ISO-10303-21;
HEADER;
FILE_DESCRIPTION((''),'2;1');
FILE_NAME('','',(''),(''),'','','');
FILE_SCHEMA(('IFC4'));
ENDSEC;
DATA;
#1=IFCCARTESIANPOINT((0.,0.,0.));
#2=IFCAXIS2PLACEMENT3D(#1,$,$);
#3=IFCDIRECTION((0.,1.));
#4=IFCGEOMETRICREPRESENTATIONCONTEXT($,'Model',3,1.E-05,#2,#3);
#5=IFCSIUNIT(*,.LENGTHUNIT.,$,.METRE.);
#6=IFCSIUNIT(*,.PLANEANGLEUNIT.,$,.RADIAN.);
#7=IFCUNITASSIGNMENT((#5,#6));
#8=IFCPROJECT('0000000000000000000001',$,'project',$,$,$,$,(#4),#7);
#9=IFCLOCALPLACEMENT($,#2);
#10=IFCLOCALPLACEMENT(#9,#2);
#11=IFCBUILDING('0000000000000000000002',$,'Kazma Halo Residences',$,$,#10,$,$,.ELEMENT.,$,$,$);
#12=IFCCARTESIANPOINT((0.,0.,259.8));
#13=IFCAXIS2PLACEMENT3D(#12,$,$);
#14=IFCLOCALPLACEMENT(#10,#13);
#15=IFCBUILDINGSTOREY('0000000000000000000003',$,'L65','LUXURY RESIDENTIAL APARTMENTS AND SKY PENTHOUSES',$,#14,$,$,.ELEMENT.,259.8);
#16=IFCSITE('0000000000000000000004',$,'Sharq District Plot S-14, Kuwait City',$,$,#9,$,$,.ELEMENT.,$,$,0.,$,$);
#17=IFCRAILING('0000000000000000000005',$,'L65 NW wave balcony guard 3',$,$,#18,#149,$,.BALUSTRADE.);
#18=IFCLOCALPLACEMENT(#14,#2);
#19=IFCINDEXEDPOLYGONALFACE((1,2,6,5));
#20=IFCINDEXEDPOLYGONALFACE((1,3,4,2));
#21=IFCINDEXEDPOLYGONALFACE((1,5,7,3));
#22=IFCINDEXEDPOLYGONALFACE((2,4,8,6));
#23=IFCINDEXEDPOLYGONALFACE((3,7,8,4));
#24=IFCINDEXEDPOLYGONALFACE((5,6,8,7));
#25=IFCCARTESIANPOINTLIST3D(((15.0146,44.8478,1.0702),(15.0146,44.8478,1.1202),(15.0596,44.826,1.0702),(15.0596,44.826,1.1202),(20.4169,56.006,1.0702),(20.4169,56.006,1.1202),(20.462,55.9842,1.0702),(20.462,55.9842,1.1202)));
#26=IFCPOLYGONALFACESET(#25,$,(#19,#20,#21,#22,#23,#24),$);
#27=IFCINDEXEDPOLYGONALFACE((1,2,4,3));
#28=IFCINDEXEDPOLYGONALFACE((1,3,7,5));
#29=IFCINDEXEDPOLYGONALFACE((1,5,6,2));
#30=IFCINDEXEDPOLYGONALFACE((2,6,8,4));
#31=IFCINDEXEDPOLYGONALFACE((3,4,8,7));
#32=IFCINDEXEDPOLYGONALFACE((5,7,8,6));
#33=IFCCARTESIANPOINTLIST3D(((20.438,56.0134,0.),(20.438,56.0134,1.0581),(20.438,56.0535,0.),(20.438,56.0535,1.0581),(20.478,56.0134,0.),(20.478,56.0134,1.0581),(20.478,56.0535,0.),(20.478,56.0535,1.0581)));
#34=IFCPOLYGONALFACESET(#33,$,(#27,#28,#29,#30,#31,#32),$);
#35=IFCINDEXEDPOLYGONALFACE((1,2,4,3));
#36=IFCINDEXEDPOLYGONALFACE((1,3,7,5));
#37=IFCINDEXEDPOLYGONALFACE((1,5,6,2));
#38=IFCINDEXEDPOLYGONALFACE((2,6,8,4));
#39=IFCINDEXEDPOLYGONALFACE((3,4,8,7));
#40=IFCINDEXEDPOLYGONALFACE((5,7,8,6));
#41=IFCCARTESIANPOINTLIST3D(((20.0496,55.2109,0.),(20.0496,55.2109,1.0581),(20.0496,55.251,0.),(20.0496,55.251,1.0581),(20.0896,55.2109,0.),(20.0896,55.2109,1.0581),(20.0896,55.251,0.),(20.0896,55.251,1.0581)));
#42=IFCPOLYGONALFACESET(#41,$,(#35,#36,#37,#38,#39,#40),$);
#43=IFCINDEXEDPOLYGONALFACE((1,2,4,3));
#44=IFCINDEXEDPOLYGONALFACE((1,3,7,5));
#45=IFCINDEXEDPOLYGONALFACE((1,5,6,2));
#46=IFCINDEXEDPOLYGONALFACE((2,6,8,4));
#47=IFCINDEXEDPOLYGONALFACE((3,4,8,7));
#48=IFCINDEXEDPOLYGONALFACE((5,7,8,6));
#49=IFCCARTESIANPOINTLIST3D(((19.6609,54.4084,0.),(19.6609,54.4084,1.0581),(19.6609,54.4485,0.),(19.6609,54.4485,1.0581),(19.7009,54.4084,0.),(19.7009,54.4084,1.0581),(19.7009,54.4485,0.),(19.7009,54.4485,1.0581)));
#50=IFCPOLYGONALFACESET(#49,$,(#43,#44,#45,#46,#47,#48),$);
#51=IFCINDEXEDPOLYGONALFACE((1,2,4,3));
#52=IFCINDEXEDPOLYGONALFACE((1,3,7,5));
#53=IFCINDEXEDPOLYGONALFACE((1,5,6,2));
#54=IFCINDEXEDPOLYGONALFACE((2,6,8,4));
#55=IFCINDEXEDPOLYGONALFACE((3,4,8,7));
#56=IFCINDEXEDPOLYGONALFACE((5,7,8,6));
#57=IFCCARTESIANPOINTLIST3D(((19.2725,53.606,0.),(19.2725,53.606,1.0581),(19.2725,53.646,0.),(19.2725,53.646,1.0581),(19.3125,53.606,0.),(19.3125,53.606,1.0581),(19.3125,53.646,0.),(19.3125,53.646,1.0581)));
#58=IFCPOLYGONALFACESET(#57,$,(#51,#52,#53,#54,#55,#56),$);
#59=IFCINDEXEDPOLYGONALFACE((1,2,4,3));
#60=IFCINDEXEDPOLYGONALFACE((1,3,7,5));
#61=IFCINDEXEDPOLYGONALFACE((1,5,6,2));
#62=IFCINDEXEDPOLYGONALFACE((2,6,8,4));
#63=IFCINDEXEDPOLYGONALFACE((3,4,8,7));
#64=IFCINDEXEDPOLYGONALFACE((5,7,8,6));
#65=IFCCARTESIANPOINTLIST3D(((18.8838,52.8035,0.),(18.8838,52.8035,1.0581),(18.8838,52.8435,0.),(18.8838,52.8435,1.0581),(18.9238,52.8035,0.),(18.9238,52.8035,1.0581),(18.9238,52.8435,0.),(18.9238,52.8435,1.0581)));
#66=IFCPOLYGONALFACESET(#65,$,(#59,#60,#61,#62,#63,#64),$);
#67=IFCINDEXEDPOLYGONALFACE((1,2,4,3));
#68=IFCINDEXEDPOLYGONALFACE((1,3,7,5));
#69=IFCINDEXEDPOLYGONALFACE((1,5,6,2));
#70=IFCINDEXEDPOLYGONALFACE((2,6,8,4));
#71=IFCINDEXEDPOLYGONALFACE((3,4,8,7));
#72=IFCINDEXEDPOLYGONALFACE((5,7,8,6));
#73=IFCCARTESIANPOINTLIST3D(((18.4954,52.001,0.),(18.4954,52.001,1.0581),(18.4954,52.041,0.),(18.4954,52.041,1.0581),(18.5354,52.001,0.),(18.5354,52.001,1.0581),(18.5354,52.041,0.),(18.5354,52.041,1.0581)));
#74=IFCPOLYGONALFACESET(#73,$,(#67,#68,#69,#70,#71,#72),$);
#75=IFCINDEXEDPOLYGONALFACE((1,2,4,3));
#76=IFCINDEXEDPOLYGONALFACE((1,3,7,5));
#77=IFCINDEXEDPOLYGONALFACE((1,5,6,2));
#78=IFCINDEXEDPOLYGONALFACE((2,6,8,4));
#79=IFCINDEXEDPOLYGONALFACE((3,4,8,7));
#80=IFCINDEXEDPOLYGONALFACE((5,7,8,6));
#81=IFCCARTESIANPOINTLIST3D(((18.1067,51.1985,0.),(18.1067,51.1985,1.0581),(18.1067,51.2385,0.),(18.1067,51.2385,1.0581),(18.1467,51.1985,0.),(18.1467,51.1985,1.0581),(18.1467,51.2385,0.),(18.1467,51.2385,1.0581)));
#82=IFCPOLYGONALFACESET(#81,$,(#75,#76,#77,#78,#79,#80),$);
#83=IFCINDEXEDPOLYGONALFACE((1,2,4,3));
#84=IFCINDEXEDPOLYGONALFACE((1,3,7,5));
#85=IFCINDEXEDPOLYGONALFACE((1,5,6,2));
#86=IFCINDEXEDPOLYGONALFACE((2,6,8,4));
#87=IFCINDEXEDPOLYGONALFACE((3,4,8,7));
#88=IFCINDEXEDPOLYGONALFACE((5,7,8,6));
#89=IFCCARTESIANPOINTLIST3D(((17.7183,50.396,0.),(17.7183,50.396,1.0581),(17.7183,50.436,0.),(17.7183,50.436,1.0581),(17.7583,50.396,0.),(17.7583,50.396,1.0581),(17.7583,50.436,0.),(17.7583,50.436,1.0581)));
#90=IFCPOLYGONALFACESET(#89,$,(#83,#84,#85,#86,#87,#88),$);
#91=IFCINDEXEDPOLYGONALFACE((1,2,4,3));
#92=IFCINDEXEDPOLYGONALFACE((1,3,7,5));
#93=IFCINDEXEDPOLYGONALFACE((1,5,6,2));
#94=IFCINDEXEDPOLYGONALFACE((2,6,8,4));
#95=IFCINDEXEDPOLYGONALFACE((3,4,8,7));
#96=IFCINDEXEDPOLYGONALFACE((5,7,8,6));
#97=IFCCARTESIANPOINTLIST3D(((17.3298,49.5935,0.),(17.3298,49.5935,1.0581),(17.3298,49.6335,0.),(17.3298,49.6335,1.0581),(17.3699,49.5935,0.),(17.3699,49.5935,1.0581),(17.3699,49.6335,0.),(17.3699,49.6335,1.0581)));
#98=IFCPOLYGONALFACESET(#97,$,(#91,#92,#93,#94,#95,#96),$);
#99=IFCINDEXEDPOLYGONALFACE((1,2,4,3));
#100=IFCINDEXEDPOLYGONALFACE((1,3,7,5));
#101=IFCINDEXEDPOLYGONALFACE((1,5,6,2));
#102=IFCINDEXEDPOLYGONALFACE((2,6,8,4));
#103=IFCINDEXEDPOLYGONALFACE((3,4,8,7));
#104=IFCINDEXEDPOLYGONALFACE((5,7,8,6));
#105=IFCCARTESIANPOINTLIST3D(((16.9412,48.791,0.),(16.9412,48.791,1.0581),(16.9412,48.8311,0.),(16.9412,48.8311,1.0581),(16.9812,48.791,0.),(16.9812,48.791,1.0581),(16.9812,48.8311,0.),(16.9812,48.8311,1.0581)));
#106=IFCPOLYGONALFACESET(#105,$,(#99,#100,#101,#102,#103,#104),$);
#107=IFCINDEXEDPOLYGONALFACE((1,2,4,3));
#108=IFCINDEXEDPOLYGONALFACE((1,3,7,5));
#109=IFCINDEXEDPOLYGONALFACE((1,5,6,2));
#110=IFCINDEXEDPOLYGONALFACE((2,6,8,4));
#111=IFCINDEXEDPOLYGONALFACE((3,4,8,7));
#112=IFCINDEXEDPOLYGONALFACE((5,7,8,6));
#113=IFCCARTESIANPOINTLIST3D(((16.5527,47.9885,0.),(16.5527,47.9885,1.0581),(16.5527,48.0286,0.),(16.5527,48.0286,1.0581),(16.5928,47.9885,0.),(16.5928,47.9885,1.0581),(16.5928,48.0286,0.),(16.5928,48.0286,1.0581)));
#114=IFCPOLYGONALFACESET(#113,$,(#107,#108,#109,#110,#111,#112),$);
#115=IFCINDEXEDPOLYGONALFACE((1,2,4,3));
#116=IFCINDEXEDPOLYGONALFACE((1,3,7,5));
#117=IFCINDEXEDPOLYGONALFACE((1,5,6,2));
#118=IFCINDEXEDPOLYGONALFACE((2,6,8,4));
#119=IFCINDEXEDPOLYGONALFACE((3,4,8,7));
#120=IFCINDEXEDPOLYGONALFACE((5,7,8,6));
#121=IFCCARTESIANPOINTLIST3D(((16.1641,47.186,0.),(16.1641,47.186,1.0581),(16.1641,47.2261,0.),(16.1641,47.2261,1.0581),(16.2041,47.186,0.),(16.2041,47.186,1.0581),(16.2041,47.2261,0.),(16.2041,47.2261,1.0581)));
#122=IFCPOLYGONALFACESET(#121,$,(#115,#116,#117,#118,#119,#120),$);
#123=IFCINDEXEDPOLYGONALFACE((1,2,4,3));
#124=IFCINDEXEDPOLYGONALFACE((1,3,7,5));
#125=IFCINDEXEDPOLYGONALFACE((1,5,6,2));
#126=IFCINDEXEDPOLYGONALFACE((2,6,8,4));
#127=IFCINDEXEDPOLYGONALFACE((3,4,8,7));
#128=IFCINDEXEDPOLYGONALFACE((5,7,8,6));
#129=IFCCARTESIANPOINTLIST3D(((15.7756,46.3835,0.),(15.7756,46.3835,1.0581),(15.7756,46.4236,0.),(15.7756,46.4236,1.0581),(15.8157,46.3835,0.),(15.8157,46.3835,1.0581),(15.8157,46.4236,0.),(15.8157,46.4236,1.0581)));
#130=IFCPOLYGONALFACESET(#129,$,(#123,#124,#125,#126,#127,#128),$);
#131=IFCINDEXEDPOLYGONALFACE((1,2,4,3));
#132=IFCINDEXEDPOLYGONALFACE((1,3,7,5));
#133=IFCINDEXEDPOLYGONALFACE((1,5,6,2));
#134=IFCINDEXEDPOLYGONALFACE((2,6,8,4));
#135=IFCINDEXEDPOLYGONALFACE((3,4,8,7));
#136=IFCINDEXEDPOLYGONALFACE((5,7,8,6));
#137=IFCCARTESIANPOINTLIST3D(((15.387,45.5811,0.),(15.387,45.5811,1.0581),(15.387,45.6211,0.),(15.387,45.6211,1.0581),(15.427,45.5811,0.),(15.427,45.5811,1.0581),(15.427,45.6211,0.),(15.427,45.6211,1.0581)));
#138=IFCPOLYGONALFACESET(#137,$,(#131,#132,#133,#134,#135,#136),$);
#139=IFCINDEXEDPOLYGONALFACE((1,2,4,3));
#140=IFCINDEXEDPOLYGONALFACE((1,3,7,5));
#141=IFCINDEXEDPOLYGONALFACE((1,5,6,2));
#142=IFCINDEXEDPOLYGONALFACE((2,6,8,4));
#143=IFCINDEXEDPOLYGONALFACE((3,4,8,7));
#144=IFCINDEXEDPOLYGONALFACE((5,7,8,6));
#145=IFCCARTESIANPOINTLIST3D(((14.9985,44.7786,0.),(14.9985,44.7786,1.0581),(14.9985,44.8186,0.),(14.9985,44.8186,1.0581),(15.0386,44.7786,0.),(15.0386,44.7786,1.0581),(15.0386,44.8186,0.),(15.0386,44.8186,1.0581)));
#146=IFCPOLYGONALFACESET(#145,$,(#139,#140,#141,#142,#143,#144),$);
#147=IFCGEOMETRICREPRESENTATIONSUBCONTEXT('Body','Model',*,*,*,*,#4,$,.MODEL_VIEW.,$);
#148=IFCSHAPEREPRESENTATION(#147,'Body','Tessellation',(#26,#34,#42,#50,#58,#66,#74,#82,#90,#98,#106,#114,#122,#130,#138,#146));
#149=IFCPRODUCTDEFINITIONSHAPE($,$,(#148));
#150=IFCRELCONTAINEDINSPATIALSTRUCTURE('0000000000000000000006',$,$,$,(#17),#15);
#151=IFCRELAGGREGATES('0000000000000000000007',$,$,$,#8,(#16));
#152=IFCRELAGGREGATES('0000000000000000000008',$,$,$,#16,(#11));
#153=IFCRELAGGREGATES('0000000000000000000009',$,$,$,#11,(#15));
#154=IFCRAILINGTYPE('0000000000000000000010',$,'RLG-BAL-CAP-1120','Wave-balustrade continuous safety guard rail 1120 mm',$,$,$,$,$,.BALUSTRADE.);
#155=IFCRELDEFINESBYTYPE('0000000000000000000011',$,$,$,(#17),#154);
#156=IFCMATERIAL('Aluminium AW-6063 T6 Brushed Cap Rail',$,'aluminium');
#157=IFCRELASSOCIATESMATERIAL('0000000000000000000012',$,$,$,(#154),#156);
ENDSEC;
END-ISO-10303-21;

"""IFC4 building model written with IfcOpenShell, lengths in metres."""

from ifc_helpers import new_model, si_unit, direction, frame, origin, origin_2d, place, context, subcontext, project, spatial, rectangle, extrude, material, type_object, element, save


model = new_model("IFC4")

# Units and contexts
model_context = context("Model", 3, precision=1e-05, world=origin(), true_north=direction((0.0, 1.0)))
body_context = subcontext(model_context, "Body", "Model", "MODEL_VIEW")
ifc_project = project(units=[si_unit("LENGTHUNIT", "METRE"), si_unit("PLANEANGLEUNIT", "RADIAN")], contexts=[model_context])

# Site, building, storey
site_placement = place(None, origin())
site = spatial("IfcSite", under=ifc_project, at=site_placement, Name="Sharq District Plot S-14, Kuwait City", CompositionType="ELEMENT", RefElevation=0.0)
building_placement = place(site_placement, origin())
building = spatial("IfcBuilding", under=site, at=building_placement, Name="Kazma Halo Residences", CompositionType="ELEMENT")
storey_placement = place(building_placement, frame((0.0, 0.0, 259.8)))
storey = spatial("IfcBuildingStorey", under=building, at=storey_placement, Name="L65", Description="LUXURY RESIDENTIAL APARTMENTS AND SKY PENTHOUSES", CompositionType="ELEMENT", Elevation=259.8)

# Railing
ifc_material_1 = material(Name="Aluminium AW-6063 T6 Brushed Cap Rail", Category="aluminium")
railing_type = type_object("IfcRailingType", Name="RLG-BAL-CAP-1120", Description="Wave-balustrade continuous safety guard rail 1120 mm", PredefinedType="BALUSTRADE", material=ifc_material_1)
railing_1_placement = place(storey_placement, frame((20.458, 56.0334, 0.0)))
element("IfcRailing", 1, at=railing_1_placement, inside=storey, type_object=railing_type, Name="L65 NW wave balcony guard 3", PredefinedType="BALUSTRADE", context=body_context, shape_type="SweptSolid", body=[
    extrude(rectangle(XDim=0.05, YDim=0.05, at=origin_2d()), frame((-0.0186, -0.0383, 1.0952), z_axis=(-0.435771, -0.900058, 0.0), x_axis=(0.900058, -0.435771, 0.0)), (0.0, 0.0, 1.0), 12.3972),
    extrude(rectangle(XDim=0.04, YDim=0.04, at=origin_2d()), origin(), (0.0, 0.0, 1.0), 1.0581),
    extrude(rectangle(XDim=0.04, YDim=0.04, at=origin_2d()), frame((-0.3884, -0.8025, 0.0)), (0.0, 0.0, 1.0), 1.0581),
    extrude(rectangle(XDim=0.04, YDim=0.04, at=origin_2d()), frame((-0.7771, -1.605, 0.0)), (0.0, 0.0, 1.0), 1.0581),
    extrude(rectangle(XDim=0.04, YDim=0.04, at=origin_2d()), frame((-1.1655, -2.4075, 0.0)), (0.0, 0.0, 1.0), 1.0581),
    extrude(rectangle(XDim=0.04, YDim=0.04, at=origin_2d()), frame((-1.5542, -3.21, 0.0)), (0.0, 0.0, 1.0), 1.0581),
    extrude(rectangle(XDim=0.04, YDim=0.04, at=origin_2d()), frame((-1.9426, -4.0125, 0.0)), (0.0, 0.0, 1.0), 1.0581),
    extrude(rectangle(XDim=0.04, YDim=0.04, at=origin_2d()), frame((-2.3313, -4.8149, 0.0)), (0.0, 0.0, 1.0), 1.0581),
    extrude(rectangle(XDim=0.04, YDim=0.04, at=origin_2d()), frame((-2.7197, -5.6174, 0.0)), (0.0, 0.0, 1.0), 1.0581),
    extrude(rectangle(XDim=0.04, YDim=0.04, at=origin_2d()), frame((-3.1082, -6.4199, 0.0)), (0.0, 0.0, 1.0), 1.0581),
    extrude(rectangle(XDim=0.04, YDim=0.04, at=origin_2d()), frame((-3.4968, -7.2224, 0.0)), (0.0, 0.0, 1.0), 1.0581),
    extrude(rectangle(XDim=0.04, YDim=0.04, at=origin_2d()), frame((-3.8853, -8.0249, 0.0)), (0.0, 0.0, 1.0), 1.0581),
    extrude(rectangle(XDim=0.04, YDim=0.04, at=origin_2d()), frame((-4.2739, -8.8274, 0.0)), (0.0, 0.0, 1.0), 1.0581),
    extrude(rectangle(XDim=0.04, YDim=0.04, at=origin_2d()), frame((-4.6624, -9.6299, 0.0)), (0.0, 0.0, 1.0), 1.0581),
    extrude(rectangle(XDim=0.04, YDim=0.04, at=origin_2d()), frame((-5.051, -10.4324, 0.0)), (0.0, 0.0, 1.0), 1.0581),
    extrude(rectangle(XDim=0.04, YDim=0.04, at=origin_2d()), frame((-5.4395, -11.2349, 0.0)), (0.0, 0.0, 1.0), 1.0581),
])

save(model, "model.ifc")
